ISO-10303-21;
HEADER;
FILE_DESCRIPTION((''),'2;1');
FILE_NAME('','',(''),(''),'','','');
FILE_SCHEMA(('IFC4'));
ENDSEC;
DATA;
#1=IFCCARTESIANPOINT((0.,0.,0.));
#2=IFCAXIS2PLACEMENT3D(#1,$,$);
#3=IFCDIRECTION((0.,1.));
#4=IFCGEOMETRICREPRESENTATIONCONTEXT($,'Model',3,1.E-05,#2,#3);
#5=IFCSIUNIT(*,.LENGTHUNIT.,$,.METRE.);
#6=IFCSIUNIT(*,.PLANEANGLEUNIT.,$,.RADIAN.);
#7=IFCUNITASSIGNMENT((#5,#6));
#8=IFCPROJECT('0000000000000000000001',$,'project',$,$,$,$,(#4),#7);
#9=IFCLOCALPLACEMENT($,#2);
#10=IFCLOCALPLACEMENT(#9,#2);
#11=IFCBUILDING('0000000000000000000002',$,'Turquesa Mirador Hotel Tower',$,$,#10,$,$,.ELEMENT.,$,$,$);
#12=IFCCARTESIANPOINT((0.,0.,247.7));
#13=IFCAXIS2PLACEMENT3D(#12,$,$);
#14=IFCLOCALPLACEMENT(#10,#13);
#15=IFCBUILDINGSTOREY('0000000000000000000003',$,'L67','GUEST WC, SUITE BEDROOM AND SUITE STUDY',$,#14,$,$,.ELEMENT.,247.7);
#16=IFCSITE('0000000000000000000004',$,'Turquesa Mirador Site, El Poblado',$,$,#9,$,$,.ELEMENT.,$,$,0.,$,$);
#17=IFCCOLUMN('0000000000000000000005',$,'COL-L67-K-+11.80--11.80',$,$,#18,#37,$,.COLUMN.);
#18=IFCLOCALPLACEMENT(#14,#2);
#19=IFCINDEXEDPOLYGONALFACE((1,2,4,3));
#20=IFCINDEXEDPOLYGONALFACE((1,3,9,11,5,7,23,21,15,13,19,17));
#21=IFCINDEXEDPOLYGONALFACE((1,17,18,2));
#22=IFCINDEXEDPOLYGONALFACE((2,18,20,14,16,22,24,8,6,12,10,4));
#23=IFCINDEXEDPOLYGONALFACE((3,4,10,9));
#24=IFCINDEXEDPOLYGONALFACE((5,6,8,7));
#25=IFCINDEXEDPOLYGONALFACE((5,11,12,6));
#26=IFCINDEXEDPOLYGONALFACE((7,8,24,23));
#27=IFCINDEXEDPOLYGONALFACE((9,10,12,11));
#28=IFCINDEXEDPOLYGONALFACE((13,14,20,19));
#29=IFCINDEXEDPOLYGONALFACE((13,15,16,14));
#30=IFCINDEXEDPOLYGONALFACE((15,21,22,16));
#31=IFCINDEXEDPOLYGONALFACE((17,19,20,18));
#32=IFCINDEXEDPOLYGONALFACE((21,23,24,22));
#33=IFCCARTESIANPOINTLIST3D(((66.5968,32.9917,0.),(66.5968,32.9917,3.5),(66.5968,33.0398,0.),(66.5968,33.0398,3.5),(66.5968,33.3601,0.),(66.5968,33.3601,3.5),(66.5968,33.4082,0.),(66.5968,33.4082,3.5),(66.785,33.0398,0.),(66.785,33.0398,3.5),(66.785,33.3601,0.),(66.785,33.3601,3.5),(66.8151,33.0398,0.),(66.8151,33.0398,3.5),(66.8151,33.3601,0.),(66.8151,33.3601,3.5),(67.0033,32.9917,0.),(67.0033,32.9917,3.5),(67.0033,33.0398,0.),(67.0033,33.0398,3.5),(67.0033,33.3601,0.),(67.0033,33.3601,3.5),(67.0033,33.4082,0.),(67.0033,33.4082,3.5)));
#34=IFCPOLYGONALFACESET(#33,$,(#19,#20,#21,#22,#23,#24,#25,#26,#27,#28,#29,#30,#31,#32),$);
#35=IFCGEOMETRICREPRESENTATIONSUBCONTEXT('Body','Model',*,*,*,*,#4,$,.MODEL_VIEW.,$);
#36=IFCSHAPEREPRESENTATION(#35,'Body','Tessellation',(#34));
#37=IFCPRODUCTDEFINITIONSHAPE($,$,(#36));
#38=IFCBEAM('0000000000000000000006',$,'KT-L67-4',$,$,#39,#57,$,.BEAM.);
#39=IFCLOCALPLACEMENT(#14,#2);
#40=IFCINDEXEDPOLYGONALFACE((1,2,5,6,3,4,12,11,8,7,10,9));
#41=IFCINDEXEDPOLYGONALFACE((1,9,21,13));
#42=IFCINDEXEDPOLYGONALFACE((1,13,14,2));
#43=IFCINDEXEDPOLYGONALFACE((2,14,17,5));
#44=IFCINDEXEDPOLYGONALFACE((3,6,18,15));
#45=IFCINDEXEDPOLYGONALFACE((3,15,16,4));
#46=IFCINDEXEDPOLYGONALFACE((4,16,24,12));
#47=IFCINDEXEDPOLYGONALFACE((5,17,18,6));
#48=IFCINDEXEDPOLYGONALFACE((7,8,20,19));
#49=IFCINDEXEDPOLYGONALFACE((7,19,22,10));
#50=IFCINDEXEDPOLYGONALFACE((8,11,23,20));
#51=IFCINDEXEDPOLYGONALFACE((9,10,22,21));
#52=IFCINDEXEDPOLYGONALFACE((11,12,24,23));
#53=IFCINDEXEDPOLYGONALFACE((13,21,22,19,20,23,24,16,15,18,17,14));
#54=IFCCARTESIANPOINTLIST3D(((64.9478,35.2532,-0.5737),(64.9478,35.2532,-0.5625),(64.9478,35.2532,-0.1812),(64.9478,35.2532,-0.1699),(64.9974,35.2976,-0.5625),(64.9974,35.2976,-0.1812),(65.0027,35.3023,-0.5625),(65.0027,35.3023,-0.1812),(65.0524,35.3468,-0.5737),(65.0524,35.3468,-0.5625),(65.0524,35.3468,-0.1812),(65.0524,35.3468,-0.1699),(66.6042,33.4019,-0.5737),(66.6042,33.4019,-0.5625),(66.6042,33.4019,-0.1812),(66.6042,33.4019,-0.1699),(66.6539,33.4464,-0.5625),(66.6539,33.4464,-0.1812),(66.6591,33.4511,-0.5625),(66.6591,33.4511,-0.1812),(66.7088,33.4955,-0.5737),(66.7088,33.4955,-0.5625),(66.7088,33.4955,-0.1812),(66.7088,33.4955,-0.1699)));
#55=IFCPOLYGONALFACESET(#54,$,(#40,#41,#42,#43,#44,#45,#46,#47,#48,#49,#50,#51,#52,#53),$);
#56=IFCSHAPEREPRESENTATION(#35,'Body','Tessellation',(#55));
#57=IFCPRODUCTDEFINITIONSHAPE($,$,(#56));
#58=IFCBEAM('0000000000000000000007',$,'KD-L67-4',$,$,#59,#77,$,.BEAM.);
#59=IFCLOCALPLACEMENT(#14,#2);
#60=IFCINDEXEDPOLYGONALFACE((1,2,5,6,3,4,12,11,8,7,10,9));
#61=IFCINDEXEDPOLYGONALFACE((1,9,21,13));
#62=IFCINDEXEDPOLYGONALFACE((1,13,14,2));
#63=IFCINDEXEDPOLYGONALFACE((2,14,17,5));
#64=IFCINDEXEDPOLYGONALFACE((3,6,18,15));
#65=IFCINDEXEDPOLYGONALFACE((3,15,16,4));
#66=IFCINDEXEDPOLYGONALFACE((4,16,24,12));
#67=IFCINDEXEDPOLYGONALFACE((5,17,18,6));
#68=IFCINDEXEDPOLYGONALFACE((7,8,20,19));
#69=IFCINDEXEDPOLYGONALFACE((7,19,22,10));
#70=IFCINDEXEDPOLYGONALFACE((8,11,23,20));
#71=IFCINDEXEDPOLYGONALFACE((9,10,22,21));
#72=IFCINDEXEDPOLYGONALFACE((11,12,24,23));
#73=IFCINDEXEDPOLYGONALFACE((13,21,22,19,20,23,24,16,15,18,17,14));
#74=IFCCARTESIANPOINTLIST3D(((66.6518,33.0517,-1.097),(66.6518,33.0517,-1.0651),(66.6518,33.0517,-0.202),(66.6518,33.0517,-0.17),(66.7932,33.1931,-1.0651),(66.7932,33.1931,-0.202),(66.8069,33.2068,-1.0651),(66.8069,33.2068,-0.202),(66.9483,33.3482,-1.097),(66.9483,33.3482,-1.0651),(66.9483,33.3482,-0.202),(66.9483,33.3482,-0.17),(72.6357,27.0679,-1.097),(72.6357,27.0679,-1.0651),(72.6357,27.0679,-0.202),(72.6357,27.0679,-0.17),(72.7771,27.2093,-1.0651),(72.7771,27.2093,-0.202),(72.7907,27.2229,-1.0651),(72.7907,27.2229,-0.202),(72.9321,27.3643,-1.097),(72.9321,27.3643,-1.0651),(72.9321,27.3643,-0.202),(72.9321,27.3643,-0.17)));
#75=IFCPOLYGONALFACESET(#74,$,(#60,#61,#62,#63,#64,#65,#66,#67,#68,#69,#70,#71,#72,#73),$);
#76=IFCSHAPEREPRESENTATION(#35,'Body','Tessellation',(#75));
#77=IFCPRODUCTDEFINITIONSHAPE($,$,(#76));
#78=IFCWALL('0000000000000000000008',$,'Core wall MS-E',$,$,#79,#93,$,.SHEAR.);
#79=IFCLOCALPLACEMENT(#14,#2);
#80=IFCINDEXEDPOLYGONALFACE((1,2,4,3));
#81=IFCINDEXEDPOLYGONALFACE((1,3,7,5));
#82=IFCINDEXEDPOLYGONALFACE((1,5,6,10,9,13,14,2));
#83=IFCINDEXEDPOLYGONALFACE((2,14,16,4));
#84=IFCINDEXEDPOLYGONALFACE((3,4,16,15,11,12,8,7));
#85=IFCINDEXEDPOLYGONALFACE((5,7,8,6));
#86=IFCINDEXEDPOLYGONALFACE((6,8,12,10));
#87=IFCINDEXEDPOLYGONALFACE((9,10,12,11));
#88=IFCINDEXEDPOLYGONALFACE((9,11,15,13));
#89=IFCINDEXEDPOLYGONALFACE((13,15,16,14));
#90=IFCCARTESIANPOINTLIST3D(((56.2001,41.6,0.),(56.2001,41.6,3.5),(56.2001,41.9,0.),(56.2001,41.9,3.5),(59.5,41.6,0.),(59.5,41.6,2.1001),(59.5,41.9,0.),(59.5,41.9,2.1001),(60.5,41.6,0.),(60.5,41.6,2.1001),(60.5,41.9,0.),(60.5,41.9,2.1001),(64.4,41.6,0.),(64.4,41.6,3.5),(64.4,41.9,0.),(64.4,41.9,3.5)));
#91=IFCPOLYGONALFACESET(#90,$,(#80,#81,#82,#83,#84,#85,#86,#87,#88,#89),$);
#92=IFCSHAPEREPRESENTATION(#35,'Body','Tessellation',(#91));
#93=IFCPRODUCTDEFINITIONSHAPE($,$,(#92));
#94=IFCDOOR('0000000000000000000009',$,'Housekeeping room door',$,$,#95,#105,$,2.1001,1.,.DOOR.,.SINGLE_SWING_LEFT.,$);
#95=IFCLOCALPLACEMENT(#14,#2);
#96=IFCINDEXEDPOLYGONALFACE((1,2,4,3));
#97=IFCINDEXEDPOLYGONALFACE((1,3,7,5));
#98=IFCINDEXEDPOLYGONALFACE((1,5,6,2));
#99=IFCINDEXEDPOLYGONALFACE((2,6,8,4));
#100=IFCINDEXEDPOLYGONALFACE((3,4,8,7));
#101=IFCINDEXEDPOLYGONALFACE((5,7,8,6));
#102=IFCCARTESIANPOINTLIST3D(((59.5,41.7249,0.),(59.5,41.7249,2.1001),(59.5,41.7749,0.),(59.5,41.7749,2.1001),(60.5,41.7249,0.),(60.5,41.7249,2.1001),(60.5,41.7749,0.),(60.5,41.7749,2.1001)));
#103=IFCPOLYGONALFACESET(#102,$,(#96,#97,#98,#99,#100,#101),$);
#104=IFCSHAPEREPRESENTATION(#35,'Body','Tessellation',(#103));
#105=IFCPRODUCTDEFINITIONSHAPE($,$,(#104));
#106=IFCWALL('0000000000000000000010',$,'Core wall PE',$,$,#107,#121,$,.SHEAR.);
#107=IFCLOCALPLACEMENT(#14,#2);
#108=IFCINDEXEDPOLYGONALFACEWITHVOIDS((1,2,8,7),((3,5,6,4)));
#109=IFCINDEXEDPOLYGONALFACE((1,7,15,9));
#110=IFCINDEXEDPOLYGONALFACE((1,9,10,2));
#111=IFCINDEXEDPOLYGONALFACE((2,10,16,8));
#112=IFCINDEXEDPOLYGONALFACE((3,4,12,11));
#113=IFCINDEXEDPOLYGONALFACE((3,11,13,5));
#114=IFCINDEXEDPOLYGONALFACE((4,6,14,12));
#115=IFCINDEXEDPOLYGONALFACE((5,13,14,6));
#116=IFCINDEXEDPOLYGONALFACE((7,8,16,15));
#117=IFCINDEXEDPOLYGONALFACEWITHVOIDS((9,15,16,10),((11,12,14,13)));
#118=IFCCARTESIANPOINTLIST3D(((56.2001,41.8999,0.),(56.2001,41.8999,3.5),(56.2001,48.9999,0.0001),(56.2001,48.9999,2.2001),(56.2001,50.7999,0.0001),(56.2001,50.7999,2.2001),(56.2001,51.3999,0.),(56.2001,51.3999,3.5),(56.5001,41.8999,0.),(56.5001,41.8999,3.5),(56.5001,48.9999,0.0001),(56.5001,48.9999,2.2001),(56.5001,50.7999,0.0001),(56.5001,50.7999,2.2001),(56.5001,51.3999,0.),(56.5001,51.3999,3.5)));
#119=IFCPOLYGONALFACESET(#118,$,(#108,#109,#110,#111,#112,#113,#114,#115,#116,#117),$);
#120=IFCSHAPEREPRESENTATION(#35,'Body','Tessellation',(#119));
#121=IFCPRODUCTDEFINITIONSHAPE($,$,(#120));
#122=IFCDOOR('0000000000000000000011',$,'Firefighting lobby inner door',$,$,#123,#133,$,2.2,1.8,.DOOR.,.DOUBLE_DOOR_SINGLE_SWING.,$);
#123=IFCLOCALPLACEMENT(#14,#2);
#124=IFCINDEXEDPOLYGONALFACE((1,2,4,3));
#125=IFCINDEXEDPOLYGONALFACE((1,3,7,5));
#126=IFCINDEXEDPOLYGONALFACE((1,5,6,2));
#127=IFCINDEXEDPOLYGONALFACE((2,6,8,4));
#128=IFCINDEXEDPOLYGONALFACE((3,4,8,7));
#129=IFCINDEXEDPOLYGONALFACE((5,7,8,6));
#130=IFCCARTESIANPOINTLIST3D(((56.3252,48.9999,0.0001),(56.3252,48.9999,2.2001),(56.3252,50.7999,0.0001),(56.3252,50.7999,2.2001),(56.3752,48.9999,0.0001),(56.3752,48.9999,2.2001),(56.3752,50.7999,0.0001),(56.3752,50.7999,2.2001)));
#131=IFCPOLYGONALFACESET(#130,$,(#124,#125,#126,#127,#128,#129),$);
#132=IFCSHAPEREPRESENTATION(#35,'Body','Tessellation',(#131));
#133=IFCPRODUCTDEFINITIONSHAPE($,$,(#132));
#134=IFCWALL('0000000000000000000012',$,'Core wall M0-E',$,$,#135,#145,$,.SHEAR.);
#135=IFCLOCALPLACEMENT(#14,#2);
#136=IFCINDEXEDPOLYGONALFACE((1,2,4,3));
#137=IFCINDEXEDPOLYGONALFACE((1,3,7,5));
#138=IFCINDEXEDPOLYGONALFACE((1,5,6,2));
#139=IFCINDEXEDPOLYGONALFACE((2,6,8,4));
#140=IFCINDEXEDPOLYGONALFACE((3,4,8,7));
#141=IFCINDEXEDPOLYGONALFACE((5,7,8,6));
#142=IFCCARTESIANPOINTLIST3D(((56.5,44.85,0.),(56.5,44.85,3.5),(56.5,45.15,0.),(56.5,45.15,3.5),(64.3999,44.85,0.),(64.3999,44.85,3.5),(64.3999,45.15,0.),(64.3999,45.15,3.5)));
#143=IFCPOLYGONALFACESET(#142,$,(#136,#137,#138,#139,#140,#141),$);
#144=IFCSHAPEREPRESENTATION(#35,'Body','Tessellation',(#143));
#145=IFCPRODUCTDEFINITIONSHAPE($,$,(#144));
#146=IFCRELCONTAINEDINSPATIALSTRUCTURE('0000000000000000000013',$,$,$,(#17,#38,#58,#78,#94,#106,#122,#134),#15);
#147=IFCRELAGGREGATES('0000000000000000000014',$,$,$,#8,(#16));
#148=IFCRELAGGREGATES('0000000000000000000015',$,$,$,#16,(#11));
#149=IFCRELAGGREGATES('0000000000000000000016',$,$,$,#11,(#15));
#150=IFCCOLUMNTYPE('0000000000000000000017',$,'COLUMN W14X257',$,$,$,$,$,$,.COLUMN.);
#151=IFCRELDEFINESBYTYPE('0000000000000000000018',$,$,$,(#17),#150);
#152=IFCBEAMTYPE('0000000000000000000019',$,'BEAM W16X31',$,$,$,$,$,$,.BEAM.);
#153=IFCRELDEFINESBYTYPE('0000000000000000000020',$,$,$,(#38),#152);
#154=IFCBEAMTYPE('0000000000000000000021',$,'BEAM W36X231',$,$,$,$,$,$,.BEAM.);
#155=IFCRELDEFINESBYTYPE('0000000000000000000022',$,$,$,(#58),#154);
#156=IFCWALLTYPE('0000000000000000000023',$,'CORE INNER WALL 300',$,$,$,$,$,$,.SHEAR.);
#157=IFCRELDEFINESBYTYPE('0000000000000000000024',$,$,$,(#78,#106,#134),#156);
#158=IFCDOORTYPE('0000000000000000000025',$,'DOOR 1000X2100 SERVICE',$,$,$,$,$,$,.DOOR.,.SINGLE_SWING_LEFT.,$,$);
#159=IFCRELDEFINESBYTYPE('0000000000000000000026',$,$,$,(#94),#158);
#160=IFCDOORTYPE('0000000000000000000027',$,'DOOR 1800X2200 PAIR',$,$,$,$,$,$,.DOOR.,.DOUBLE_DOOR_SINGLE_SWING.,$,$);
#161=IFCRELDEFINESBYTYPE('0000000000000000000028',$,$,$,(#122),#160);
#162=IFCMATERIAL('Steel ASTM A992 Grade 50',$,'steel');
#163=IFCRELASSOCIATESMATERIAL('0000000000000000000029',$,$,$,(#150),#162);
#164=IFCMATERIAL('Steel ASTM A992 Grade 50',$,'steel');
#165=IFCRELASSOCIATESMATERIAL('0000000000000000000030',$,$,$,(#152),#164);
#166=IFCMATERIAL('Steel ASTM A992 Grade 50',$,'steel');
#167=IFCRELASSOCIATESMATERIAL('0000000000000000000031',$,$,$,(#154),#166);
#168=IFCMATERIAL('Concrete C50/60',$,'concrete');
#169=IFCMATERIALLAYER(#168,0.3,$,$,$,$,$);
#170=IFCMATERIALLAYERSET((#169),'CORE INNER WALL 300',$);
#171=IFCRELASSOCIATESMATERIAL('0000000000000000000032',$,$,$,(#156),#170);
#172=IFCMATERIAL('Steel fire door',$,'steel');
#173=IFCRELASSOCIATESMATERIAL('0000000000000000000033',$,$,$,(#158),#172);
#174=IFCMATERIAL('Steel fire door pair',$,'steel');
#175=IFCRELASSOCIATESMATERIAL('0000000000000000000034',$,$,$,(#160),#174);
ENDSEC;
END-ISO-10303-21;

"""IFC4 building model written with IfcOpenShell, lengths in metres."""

from ifc_helpers import new_model, si_unit, direction, frame, frame_2d, origin, origin_2d, place, context, subcontext, project, spatial, rectangle, i_section, extrude, material, layer, layer_set, material_profile, profile_set, type_object, element, fill, save


model = new_model("IFC4")

# Units and contexts
model_context = context("Model", 3, precision=1e-05, world=origin(), true_north=direction((0.0, 1.0)))
body_context = subcontext(model_context, "Body", "Model", "MODEL_VIEW")
ifc_project = project(units=[si_unit("LENGTHUNIT", "METRE"), si_unit("PLANEANGLEUNIT", "RADIAN")], contexts=[model_context])

# Site, building, storey
site_placement = place(None, origin())
site = spatial("IfcSite", under=ifc_project, at=site_placement, Name="Turquesa Mirador Site, El Poblado", CompositionType="ELEMENT", RefElevation=0.0)
building_placement = place(site_placement, origin())
building = spatial("IfcBuilding", under=site, at=building_placement, Name="Turquesa Mirador Hotel Tower", CompositionType="ELEMENT")
storey_placement = place(building_placement, frame((0.0, 0.0, 247.7)))
storey = spatial("IfcBuildingStorey", under=building, at=storey_placement, Name="L67", Description="GUEST WC, SUITE BEDROOM AND SUITE STUDY", CompositionType="ELEMENT", Elevation=247.7)

# Column
ifc_material_1 = material(Name="Steel ASTM A992 Grade 50", Category="steel")
ifc_material_profile_1 = material_profile(ifc_material_1, i_section(OverallWidth=0.4065, OverallDepth=0.4165, WebThickness=0.03, FlangeThickness=0.0481, at=origin_2d()), Name="W14X257")
ifc_profile_set_1 = profile_set([ifc_material_profile_1], Name="Steel ASTM A992 Grade 50")
column_type = type_object("IfcColumnType", Name="COLUMN W14X257", PredefinedType="COLUMN", material=ifc_profile_set_1)
column_placement = place(storey_placement, frame((66.8, 33.2, 0.0), z_axis=(0.0, 0.0, 1.0), x_axis=(1.0, 0.0, 0.0)))
element("IfcColumn", 1, at=column_placement, inside=storey, type_object=column_type, Name="COL-L67-K-+11.80--11.80", PredefinedType="COLUMN", context=body_context, shape_type="SweptSolid", body=[
    extrude(i_section(OverallWidth=0.4065, OverallDepth=0.4165, WebThickness=0.03, FlangeThickness=0.0481, at=origin_2d()), origin(), (0.0, 0.0, 1.0), 3.5),
])

# Beams
ifc_material_2 = material(Name="Steel ASTM A992 Grade 50", Category="steel")
ifc_material_profile_2 = material_profile(ifc_material_2, i_section(OverallWidth=0.1404, OverallDepth=0.4038, WebThickness=0.0071, FlangeThickness=0.0112, at=origin_2d()), Name="W16X31")
ifc_profile_set_2 = profile_set([ifc_material_profile_2], Name="Steel ASTM A992 Grade 50")
beam_type_1 = type_object("IfcBeamType", Name="BEAM W16X31", PredefinedType="BEAM", material=ifc_profile_set_2)
beam_1_placement = place(storey_placement, frame((66.6565, 33.4487, -0.3718), z_axis=(-0.666806, 0.745231, 0.0), x_axis=(-0.745231, -0.666806, 0.0)))
element("IfcBeam", 2, at=beam_1_placement, inside=storey, type_object=beam_type_1, Name="KT-L67-4", PredefinedType="BEAM", context=body_context, shape_type="SweptSolid", body=[
    extrude(i_section(OverallWidth=0.1404, OverallDepth=0.4038, WebThickness=0.0071, FlangeThickness=0.0112, at=origin_2d()), origin(), (0.0, 0.0, 1.0), 2.4841),
])
ifc_material_3 = material(Name="Steel ASTM A992 Grade 50", Category="steel")
ifc_material_profile_3 = material_profile(ifc_material_3, i_section(OverallWidth=0.4192, OverallDepth=0.927, WebThickness=0.0193, FlangeThickness=0.032, at=origin_2d()), Name="W36X231")
ifc_profile_set_3 = profile_set([ifc_material_profile_3], Name="Steel ASTM A992 Grade 50")
beam_type_2 = type_object("IfcBeamType", Name="BEAM W36X231", PredefinedType="BEAM", material=ifc_profile_set_3)
beam_2_placement = place(storey_placement, frame((66.8, 33.2, -0.6335), z_axis=(0.707107, -0.707107, 0.0), x_axis=(0.707107, 0.707107, 0.0)))
element("IfcBeam", 3, at=beam_2_placement, inside=storey, type_object=beam_type_2, Name="KD-L67-4", PredefinedType="BEAM", context=body_context, shape_type="SweptSolid", body=[
    extrude(i_section(OverallWidth=0.4192, OverallDepth=0.927, WebThickness=0.0193, FlangeThickness=0.032, at=origin_2d()), origin(), (0.0, 0.0, 1.0), 8.4624),
])

# Walls, openings, doors
ifc_material_4 = material(Name="Concrete C50/60", Category="concrete")
ifc_layer_1 = layer(ifc_material_4, 0.3)
ifc_layer_set_1 = layer_set([ifc_layer_1], Name="CORE INNER WALL 300")
wall_type_1 = type_object("IfcWallType", Name="CORE INNER WALL 300", PredefinedType="SHEAR", material=ifc_layer_set_1)
wall_1_placement = place(storey_placement, frame((56.2, 41.75, 0.0), z_axis=(0.0, 0.0, 1.0), x_axis=(1.0, 0.0, 0.0)))
wall_1 = element("IfcWall", 4, at=wall_1_placement, inside=storey, type_object=wall_type_1, Name="Core wall MS-E", PredefinedType="SHEAR", context=body_context, shape_type="SweptSolid", body=[
    extrude(rectangle(XDim=8.2, YDim=0.3, at=frame_2d((4.1001, 0.0))), origin(), (0.0, 0.0, 1.0), 3.5),
])
opening_1_placement = place(wall_1_placement, frame((3.3, 0.0, 0.0)))
opening_1 = element("IfcOpeningElement", 5, at=opening_1_placement, cuts=wall_1, PredefinedType="OPENING", context=body_context, shape_type="SweptSolid", body=[
    extrude(rectangle(XDim=1.0, YDim=2.1001, at=frame_2d((0.5, 1.05))), frame((0.0, 0.1599, 0.0), z_axis=(0.0, -1.0, 0.0), x_axis=(1.0, 0.0, 0.0)), (0.0, 0.0, 1.0), 0.3201),
])
ifc_material_5 = material(Name="Steel fire door", Category="steel")
door_type_1 = type_object("IfcDoorType", Name="DOOR 1000X2100 SERVICE", OperationType="SINGLE_SWING_LEFT", PredefinedType="DOOR", material=ifc_material_5)
door_1_placement = place(opening_1_placement, origin())
door_1 = element("IfcDoor", 6, at=door_1_placement, inside=storey, type_object=door_type_1, Name="Housekeeping room door", OperationType="SINGLE_SWING_LEFT", OverallHeight=2.1001, OverallWidth=1.0, PredefinedType="DOOR", context=body_context, shape_type="SweptSolid", body=[
    extrude(rectangle(XDim=1.0, YDim=2.1001, at=frame_2d((0.5, 1.05))), frame((0.0, 0.0249, 0.0), z_axis=(0.0, -1.0, 0.0), x_axis=(1.0, 0.0, 0.0)), (0.0, 0.0, 1.0), 0.05),
])
fill(opening_1, door_1)
wall_2_placement = place(storey_placement, frame((56.3501, 41.8999, 0.0), z_axis=(0.0, 0.0, 1.0), x_axis=(0.0, 1.0, 0.0)))
wall_2 = element("IfcWall", 7, at=wall_2_placement, inside=storey, type_object=wall_type_1, Name="Core wall PE", PredefinedType="SHEAR", context=body_context, shape_type="SweptSolid", body=[
    extrude(rectangle(XDim=9.5, YDim=0.3, at=frame_2d((4.75, 0.0))), origin(), (0.0, 0.0, 1.0), 3.5),
])
opening_2_placement = place(wall_2_placement, frame((7.1001, 0.0, 0.0)))
opening_2 = element("IfcOpeningElement", 8, at=opening_2_placement, cuts=wall_2, PredefinedType="OPENING", context=body_context, shape_type="SweptSolid", body=[
    extrude(rectangle(XDim=1.8, YDim=2.2, at=frame_2d((0.8999, 1.1001))), frame((0.0, 0.1599, 0.0), z_axis=(0.0, -1.0, 0.0), x_axis=(1.0, 0.0, 0.0)), (0.0, 0.0, 1.0), 0.3201),
])
ifc_material_6 = material(Name="Steel fire door pair", Category="steel")
door_type_2 = type_object("IfcDoorType", Name="DOOR 1800X2200 PAIR", OperationType="DOUBLE_DOOR_SINGLE_SWING", PredefinedType="DOOR", material=ifc_material_6)
door_2_placement = place(opening_2_placement, origin())
door_2 = element("IfcDoor", 9, at=door_2_placement, inside=storey, type_object=door_type_2, Name="Firefighting lobby inner door", OperationType="DOUBLE_DOOR_SINGLE_SWING", OverallHeight=2.2, OverallWidth=1.8, PredefinedType="DOOR", context=body_context, shape_type="SweptSolid", body=[
    extrude(rectangle(XDim=1.8, YDim=2.2, at=frame_2d((0.8999, 1.1001))), frame((0.0, 0.0249, 0.0), z_axis=(0.0, -1.0, 0.0), x_axis=(1.0, 0.0, 0.0)), (0.0, 0.0, 1.0), 0.05),
])
fill(opening_2, door_2)

# Wall
wall_3_placement = place(storey_placement, frame((56.5, 45.0, 0.0), z_axis=(0.0, 0.0, 1.0), x_axis=(1.0, 0.0, 0.0)))
element("IfcWall", 10, at=wall_3_placement, inside=storey, type_object=wall_type_1, Name="Core wall M0-E", PredefinedType="SHEAR", context=body_context, shape_type="SweptSolid", body=[
    extrude(rectangle(XDim=7.8999, YDim=0.3, at=frame_2d((3.95, 0.0))), origin(), (0.0, 0.0, 1.0), 3.5),
])

save(model, "model.ifc")
